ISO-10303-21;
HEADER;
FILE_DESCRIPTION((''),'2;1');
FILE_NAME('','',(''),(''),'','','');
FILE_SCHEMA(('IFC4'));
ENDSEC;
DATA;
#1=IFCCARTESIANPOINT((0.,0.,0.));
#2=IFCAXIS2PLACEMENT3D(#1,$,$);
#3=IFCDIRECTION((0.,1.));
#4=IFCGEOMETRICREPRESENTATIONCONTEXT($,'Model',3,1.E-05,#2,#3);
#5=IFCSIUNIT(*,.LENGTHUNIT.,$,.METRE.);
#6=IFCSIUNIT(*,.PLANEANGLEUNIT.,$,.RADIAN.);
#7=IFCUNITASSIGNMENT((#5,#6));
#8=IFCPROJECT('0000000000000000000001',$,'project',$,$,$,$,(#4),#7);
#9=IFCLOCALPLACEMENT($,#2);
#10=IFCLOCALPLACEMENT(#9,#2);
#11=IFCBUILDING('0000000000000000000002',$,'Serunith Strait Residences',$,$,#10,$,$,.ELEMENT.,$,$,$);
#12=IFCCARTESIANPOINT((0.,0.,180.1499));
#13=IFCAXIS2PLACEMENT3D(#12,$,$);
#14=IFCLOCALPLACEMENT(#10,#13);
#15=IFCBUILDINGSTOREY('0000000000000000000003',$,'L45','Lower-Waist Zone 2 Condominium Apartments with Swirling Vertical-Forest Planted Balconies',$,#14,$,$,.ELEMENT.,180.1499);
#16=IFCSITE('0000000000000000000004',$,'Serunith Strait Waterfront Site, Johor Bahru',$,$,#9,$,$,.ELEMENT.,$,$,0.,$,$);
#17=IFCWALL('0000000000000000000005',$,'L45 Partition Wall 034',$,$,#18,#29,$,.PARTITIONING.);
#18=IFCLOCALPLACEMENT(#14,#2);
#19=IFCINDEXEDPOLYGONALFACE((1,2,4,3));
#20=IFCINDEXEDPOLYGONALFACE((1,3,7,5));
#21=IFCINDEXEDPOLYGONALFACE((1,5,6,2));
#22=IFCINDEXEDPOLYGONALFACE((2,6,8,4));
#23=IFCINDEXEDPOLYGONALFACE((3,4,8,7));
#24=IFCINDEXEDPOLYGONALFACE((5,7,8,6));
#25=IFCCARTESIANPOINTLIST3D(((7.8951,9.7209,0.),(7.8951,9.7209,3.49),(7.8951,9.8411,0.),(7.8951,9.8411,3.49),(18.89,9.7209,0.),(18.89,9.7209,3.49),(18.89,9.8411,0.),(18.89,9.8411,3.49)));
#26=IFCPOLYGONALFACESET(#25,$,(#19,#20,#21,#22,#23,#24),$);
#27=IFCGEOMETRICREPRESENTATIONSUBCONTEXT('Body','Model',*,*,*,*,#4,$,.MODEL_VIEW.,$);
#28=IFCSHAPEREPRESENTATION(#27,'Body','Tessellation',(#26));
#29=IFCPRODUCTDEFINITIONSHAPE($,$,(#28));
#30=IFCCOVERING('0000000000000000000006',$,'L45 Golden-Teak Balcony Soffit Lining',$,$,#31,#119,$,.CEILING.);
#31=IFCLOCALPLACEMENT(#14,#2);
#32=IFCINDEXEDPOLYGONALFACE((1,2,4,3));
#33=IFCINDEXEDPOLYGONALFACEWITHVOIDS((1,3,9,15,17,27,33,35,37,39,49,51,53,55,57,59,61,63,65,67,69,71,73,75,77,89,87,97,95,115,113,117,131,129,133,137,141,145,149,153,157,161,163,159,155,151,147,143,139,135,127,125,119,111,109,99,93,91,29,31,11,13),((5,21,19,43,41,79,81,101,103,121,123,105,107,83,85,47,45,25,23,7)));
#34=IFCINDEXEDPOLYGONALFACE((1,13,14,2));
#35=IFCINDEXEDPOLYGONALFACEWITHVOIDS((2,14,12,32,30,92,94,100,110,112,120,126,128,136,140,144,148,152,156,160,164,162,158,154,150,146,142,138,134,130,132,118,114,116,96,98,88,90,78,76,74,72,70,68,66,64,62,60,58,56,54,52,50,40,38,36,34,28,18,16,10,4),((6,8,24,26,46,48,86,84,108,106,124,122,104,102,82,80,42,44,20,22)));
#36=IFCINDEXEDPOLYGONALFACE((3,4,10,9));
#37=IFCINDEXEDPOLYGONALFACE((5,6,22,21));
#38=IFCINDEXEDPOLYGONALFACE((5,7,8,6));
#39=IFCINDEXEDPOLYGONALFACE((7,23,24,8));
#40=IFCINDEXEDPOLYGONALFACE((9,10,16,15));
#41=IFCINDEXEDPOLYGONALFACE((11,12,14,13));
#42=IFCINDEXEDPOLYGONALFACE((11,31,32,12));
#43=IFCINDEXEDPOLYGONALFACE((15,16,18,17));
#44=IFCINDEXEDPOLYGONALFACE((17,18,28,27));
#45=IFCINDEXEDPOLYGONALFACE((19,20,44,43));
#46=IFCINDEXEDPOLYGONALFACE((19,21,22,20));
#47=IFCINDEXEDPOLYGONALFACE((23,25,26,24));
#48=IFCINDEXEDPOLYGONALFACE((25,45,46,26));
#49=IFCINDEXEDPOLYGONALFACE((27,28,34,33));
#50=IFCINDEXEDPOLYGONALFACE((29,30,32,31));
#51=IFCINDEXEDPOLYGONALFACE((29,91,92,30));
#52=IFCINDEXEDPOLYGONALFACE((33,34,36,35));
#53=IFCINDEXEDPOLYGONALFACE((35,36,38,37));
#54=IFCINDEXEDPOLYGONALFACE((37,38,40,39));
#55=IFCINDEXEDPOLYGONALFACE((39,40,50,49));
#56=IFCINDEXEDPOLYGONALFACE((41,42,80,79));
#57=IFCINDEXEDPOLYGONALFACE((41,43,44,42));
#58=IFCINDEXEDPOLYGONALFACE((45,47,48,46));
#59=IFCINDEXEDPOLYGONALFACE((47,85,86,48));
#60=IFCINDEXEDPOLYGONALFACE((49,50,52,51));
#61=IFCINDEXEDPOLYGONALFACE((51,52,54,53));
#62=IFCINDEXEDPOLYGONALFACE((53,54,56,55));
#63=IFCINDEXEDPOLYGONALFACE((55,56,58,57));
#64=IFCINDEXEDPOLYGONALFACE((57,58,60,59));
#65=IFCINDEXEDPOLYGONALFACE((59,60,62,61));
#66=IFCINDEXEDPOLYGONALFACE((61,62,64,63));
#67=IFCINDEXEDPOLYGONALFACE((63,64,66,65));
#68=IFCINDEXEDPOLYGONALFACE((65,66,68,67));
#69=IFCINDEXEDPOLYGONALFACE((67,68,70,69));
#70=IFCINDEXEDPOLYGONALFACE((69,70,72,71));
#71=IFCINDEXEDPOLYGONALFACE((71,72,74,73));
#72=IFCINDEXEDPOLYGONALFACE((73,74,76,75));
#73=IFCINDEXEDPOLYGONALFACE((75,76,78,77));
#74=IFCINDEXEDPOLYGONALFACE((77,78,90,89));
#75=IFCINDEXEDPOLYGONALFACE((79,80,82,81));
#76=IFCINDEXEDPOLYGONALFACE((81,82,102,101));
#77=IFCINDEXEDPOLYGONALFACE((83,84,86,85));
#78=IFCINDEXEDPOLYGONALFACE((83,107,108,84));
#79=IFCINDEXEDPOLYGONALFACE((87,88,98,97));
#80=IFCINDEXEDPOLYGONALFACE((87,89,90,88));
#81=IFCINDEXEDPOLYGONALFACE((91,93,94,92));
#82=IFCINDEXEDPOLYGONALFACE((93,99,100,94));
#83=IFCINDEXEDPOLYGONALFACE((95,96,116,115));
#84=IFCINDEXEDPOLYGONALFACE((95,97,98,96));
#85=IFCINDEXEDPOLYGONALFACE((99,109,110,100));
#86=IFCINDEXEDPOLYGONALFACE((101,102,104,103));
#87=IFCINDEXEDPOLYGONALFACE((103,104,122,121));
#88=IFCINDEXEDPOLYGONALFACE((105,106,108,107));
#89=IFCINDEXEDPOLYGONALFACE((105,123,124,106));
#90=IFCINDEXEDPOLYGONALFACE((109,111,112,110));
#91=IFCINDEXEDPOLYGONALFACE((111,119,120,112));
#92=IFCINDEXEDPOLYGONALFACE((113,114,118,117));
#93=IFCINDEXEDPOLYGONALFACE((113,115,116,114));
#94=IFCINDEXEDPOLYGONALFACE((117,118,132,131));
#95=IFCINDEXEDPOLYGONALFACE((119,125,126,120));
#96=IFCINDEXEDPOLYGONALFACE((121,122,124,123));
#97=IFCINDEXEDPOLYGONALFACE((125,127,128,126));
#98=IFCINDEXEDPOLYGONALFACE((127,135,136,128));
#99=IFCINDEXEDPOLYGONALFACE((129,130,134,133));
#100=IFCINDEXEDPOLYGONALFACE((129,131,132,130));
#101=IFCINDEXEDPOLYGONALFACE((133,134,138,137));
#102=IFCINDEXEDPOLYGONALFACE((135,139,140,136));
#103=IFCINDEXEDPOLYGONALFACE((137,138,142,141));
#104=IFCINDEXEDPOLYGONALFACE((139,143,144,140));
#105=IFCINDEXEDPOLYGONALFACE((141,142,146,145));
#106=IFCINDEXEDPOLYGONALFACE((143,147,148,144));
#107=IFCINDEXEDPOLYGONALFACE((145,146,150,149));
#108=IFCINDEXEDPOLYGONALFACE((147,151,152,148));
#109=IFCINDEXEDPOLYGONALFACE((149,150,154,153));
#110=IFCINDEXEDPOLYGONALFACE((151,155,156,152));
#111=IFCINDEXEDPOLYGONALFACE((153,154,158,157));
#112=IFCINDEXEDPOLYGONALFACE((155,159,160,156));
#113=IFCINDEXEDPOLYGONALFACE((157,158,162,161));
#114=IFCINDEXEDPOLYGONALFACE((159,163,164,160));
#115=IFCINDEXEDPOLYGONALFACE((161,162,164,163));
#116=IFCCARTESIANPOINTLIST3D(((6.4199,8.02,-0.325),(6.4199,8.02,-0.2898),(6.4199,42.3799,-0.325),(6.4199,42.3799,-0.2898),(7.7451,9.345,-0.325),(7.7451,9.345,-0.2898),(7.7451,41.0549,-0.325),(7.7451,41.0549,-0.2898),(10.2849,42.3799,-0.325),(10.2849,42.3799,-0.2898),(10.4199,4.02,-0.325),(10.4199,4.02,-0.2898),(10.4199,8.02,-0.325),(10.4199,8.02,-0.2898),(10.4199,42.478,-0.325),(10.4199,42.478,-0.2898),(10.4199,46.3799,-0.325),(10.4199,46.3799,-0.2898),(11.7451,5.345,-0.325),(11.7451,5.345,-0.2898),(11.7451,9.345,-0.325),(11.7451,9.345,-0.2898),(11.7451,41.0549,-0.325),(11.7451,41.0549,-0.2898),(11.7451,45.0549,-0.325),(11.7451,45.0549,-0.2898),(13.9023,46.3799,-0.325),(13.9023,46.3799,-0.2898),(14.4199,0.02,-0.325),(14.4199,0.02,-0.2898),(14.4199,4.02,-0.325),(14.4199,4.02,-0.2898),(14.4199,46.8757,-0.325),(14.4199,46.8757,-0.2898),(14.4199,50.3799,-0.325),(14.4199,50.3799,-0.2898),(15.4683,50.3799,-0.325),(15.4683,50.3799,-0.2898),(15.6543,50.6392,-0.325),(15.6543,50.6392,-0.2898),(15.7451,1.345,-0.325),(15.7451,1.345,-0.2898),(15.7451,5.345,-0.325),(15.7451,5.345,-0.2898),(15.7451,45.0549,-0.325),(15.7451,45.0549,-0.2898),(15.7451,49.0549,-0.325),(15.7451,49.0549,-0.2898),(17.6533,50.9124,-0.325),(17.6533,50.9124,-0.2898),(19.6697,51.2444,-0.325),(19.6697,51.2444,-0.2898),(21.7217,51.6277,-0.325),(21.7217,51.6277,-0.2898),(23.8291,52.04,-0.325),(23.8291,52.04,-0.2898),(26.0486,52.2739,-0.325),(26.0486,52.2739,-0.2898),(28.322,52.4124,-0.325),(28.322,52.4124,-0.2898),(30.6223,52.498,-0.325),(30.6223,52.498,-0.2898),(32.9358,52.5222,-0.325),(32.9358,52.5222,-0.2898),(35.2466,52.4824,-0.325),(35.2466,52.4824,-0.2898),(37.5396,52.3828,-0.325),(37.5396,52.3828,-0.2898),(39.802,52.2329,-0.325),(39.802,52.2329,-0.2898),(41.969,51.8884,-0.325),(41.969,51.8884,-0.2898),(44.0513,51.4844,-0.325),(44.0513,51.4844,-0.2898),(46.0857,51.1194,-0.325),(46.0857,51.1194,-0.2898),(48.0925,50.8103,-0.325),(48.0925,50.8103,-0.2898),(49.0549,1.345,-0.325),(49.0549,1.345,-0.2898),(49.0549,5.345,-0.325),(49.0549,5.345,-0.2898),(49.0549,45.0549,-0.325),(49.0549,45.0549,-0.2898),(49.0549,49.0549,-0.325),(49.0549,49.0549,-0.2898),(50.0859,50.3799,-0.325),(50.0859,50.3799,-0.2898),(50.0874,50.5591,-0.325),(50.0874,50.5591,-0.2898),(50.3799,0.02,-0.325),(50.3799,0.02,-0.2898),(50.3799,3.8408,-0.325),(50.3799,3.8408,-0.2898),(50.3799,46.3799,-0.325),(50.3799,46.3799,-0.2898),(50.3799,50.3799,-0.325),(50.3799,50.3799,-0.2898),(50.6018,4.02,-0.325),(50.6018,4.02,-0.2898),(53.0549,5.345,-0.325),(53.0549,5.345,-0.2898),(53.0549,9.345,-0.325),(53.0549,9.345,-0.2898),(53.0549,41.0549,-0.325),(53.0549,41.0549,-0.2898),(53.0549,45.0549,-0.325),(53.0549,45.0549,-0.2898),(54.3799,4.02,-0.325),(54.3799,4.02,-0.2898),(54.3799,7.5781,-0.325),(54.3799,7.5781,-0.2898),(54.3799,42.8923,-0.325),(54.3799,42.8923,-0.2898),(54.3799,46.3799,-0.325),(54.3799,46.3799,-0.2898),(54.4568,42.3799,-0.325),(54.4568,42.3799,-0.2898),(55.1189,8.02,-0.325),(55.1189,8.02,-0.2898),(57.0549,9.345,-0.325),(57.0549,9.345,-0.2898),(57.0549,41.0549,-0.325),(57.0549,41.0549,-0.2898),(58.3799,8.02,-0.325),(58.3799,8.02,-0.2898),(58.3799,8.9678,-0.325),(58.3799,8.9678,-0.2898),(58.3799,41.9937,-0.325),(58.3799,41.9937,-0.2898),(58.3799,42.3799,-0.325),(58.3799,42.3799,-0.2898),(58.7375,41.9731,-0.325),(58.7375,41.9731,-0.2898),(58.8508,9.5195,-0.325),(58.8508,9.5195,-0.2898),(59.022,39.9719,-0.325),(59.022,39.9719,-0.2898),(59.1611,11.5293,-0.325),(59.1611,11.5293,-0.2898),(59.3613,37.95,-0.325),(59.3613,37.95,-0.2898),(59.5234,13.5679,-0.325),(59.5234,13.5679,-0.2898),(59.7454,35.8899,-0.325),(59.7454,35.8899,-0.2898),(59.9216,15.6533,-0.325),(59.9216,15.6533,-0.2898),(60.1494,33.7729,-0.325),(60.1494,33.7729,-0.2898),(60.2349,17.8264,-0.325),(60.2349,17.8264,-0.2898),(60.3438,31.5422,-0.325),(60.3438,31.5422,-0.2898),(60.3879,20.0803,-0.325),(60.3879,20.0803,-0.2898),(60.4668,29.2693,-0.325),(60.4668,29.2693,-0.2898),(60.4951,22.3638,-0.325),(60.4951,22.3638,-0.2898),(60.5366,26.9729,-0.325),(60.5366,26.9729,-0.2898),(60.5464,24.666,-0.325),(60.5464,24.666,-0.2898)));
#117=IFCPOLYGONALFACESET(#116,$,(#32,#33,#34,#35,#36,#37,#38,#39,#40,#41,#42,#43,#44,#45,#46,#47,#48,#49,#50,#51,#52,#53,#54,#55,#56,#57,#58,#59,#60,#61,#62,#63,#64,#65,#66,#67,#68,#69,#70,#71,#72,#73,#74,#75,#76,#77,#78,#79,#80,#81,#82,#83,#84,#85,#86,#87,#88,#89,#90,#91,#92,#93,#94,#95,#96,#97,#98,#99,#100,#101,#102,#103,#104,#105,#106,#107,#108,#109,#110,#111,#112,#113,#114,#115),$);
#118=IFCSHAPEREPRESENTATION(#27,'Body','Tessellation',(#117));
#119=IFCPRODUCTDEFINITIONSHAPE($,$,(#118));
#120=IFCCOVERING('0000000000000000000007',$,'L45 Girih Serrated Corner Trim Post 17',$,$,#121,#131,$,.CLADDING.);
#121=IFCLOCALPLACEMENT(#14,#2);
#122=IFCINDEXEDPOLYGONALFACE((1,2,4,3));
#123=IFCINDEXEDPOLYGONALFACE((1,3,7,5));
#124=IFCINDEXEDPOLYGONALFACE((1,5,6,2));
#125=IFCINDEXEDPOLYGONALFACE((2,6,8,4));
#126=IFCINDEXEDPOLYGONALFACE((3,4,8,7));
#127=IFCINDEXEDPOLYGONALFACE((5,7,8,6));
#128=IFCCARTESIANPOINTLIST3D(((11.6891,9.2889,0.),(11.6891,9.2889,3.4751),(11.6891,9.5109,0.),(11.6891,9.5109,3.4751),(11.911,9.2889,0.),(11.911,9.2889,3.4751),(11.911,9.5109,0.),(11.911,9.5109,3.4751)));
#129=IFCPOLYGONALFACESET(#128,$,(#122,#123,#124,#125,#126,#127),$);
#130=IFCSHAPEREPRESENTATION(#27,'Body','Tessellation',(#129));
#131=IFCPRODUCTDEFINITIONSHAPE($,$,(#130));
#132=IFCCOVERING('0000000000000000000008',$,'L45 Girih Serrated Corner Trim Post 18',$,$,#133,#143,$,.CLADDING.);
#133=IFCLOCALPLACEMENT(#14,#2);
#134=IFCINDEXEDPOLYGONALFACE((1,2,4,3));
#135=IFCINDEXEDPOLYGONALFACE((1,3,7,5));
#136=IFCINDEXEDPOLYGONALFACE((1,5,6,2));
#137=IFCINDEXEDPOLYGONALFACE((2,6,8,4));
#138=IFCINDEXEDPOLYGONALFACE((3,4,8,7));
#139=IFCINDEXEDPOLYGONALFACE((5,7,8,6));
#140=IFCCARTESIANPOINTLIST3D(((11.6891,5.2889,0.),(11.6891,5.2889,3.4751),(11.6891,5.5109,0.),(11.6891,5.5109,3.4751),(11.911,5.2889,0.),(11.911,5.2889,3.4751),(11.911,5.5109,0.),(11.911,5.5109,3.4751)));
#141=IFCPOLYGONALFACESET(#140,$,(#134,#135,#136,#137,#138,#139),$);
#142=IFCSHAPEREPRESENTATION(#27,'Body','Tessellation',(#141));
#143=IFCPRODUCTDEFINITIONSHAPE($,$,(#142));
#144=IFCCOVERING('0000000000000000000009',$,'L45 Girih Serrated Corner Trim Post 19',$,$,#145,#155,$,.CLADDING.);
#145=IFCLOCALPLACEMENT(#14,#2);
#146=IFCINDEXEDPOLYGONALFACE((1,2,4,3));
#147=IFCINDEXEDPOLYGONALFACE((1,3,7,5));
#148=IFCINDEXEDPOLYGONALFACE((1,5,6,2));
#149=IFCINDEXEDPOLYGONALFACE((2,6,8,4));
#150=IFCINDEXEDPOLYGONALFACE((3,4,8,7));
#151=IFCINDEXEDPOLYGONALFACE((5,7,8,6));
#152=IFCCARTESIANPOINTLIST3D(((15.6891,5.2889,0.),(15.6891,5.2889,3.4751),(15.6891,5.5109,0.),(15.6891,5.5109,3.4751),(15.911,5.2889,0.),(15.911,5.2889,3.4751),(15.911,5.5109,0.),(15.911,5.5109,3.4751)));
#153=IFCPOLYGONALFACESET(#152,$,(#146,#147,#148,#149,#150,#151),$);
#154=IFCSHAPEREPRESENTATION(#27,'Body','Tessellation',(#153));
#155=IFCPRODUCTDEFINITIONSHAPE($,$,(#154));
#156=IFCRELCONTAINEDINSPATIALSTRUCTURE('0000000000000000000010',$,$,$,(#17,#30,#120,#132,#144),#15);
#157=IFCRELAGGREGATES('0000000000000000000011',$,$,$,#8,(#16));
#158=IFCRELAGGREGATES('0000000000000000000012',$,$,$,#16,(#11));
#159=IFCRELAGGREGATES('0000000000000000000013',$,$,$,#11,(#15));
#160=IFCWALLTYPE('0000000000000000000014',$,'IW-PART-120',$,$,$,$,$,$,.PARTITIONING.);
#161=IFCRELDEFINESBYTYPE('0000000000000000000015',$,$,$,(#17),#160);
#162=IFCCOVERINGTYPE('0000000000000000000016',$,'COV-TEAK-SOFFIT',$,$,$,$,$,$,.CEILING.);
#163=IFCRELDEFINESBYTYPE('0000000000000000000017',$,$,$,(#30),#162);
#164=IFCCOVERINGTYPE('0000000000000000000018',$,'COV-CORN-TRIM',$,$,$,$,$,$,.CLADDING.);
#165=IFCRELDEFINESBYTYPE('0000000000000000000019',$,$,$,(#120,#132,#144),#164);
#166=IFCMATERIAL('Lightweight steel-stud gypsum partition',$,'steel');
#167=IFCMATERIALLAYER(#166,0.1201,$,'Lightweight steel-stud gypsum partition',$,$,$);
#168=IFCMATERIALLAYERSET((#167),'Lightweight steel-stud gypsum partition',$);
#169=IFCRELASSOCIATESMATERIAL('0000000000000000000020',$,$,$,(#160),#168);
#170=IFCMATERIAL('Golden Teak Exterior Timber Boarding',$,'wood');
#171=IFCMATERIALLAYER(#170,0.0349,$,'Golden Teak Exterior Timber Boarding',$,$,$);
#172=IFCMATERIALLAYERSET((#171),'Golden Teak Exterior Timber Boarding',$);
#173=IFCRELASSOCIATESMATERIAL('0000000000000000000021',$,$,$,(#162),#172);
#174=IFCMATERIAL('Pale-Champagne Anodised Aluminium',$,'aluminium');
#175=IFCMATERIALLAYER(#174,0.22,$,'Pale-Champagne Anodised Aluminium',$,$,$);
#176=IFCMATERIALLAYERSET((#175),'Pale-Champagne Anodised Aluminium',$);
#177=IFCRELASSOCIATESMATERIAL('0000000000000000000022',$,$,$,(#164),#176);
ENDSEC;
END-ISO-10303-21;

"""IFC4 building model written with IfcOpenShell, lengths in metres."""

from ifc_helpers import new_model, si_unit, direction, frame, frame_2d, origin, origin_2d, place, context, subcontext, project, spatial, polyline, rectangle, outline, extrude, source, transform, mapped, material, layer, layer_set, type_object, element, save


model = new_model("IFC4")

# Units and contexts
model_context = context("Model", 3, precision=1e-05, world=origin(), true_north=direction((0.0, 1.0)))
body_context = subcontext(model_context, "Body", "Model", "MODEL_VIEW")
ifc_project = project(units=[si_unit("LENGTHUNIT", "METRE"), si_unit("PLANEANGLEUNIT", "RADIAN")], contexts=[model_context])

# Site, building, storey
site_placement = place(None, origin())
site = spatial("IfcSite", under=ifc_project, at=site_placement, Name="Serunith Strait Waterfront Site, Johor Bahru", CompositionType="ELEMENT", RefElevation=0.0)
building_placement = place(site_placement, origin())
building = spatial("IfcBuilding", under=site, at=building_placement, Name="Serunith Strait Residences", CompositionType="ELEMENT")
storey_placement = place(building_placement, frame((0.0, 0.0, 180.1499)))
storey = spatial("IfcBuildingStorey", under=building, at=storey_placement, Name="L45", Description="Lower-Waist Zone 2 Condominium Apartments with Swirling Vertical-Forest Planted Balconies", CompositionType="ELEMENT", Elevation=180.1499)

# Shared definitions
ifc_material_1 = material(Name="Pale-Champagne Anodised Aluminium", Category="aluminium")

# Wall
ifc_material_2 = material(Name="Lightweight steel-stud gypsum partition", Category="steel")
ifc_layer_1 = layer(ifc_material_2, 0.1201, Name="Lightweight steel-stud gypsum partition")
ifc_layer_set_1 = layer_set([ifc_layer_1], Name="Lightweight steel-stud gypsum partition")
wall_type_1 = type_object("IfcWallType", Name="IW-PART-120", PredefinedType="PARTITIONING", material=ifc_layer_set_1)
wall_1_placement = place(storey_placement, frame((7.895, 9.781, 0.0), z_axis=(0.0, 0.0, 1.0), x_axis=(1.0, 0.0, 0.0)))
element("IfcWall", 1, at=wall_1_placement, inside=storey, type_object=wall_type_1, Name="L45 Partition Wall 034", PredefinedType="PARTITIONING", context=body_context, shape_type="SweptSolid", body=[
    extrude(rectangle(XDim=10.9949, YDim=0.1201, at=frame_2d((5.4976, 0.0))), origin(), (0.0, 0.0, 1.0), 3.49),
])

# Covering
ifc_material_3 = material(Name="Golden Teak Exterior Timber Boarding", Category="wood")
ifc_layer_2 = layer(ifc_material_3, 0.0349, Name="Golden Teak Exterior Timber Boarding")
ifc_layer_set_2 = layer_set([ifc_layer_2], Name="Golden Teak Exterior Timber Boarding")
covering_type_1 = type_object("IfcCoveringType", Name="COV-TEAK-SOFFIT", PredefinedType="CEILING", material=ifc_layer_set_2)
covering_placement = place(storey_placement, frame((0.0, 0.0, -0.325)))
element("IfcCovering", 2, at=covering_placement, inside=storey, type_object=covering_type_1, Name="L45 Golden-Teak Balcony Soffit Lining", PredefinedType="CEILING", context=body_context, shape_type="SweptSolid", body=[
    extrude(outline(polyline([(10.4199, 46.3799), (13.9023, 46.3799), (14.4199, 46.8757), (14.4199, 50.3799), (15.4683, 50.3799), (15.6543, 50.6392), (17.6533, 50.9124), (19.6697, 51.2444), (21.7217, 51.6277), (23.8291, 52.04), (26.0486, 52.2739), (28.322, 52.4124), (30.6223, 52.498), (32.9358, 52.5222), (35.2466, 52.4824), (37.5396, 52.3828), (39.802, 52.2329), (41.969, 51.8884), (44.0513, 51.4844), (46.0857, 51.1194), (48.0925, 50.8103), (50.0874, 50.5591), (50.0859, 50.3799), (50.3799, 50.3799), (50.3799, 46.3799), (54.3799, 46.3799), (54.3799, 42.8923), (54.4568, 42.3799), (58.3799, 42.3799), (58.3799, 41.9937), (58.7375, 41.9731), (59.022, 39.9719), (59.3613, 37.95), (59.7454, 35.8899), (60.1494, 33.7729), (60.3438, 31.5422), (60.4668, 29.2693), (60.5366, 26.9729), (60.5464, 24.666), (60.4951, 22.3638), (60.3879, 20.0803), (60.2349, 17.8264), (59.9216, 15.6533), (59.5234, 13.5679), (59.1611, 11.5293), (58.8508, 9.5195), (58.3799, 8.9678), (58.3799, 8.02), (55.1189, 8.02), (54.3799, 7.5781), (54.3799, 4.02), (50.6018, 4.02), (50.3799, 3.8408), (50.3799, 0.02), (14.4199, 0.02), (14.4199, 4.02), (10.4199, 4.02), (10.4199, 8.02), (6.4199, 8.02), (6.4199, 42.3799), (10.2849, 42.3799), (10.4199, 42.478), (10.4199, 46.3799)]), holes=[polyline([(49.0549, 1.345), (49.0549, 5.345), (53.0549, 5.345), (53.0549, 9.345), (57.0549, 9.345), (57.0549, 41.0549), (53.0549, 41.0549), (53.0549, 45.0549), (49.0549, 45.0549), (49.0549, 49.0549), (15.7451, 49.0549), (15.7451, 45.0549), (11.7451, 45.0549), (11.7451, 41.0549), (7.7451, 41.0549), (7.7451, 9.345), (11.7451, 9.345), (11.7451, 5.345), (15.7451, 5.345), (15.7451, 1.345), (49.0549, 1.345)])]), origin(), (0.0, 0.0, 1.0), 0.0352),
])

# Coverings
ifc_layer_3 = layer(ifc_material_1, 0.22, Name="Pale-Champagne Anodised Aluminium")
ifc_layer_set_3 = layer_set([ifc_layer_3], Name="Pale-Champagne Anodised Aluminium")
covering_type_2 = type_object("IfcCoveringType", Name="COV-CORN-TRIM", PredefinedType="CLADDING", material=ifc_layer_set_3)
shared_shape_1 = source(origin(), body_context, "Body", "SweptSolid", [
    extrude(rectangle(XDim=0.2219, YDim=0.2219, at=origin_2d()), origin(), (0.0, 0.0, 1.0), 3.4751),
])
for number, where, z_axis, x_axis, name in (
    (3, (11.8, 9.3999, 0.0), (0.0, 0.0, 1.0), (1.0, 0.0, 0.0), "L45 Girih Serrated Corner Trim Post 17"),
    (4, (11.8, 5.3999, 0.0), (0.0, 0.0, 1.0), (1.0, 0.0, 0.0), "L45 Girih Serrated Corner Trim Post 18"),
    (5, (15.8, 5.3999, 0.0), (0.0, 0.0, 1.0), (1.0, 0.0, 0.0), "L45 Girih Serrated Corner Trim Post 19"),
):
    element("IfcCovering", number, at=place(storey_placement, frame(where, z_axis=z_axis, x_axis=x_axis)), inside=storey, type_object=covering_type_2, Name=name, PredefinedType="CLADDING", context=body_context, shape_type="MappedRepresentation", body=[
        mapped(shared_shape_1, transform((0.0, 0.0, 0.0), scale=1.0)),
    ])

save(model, "model.ifc")
